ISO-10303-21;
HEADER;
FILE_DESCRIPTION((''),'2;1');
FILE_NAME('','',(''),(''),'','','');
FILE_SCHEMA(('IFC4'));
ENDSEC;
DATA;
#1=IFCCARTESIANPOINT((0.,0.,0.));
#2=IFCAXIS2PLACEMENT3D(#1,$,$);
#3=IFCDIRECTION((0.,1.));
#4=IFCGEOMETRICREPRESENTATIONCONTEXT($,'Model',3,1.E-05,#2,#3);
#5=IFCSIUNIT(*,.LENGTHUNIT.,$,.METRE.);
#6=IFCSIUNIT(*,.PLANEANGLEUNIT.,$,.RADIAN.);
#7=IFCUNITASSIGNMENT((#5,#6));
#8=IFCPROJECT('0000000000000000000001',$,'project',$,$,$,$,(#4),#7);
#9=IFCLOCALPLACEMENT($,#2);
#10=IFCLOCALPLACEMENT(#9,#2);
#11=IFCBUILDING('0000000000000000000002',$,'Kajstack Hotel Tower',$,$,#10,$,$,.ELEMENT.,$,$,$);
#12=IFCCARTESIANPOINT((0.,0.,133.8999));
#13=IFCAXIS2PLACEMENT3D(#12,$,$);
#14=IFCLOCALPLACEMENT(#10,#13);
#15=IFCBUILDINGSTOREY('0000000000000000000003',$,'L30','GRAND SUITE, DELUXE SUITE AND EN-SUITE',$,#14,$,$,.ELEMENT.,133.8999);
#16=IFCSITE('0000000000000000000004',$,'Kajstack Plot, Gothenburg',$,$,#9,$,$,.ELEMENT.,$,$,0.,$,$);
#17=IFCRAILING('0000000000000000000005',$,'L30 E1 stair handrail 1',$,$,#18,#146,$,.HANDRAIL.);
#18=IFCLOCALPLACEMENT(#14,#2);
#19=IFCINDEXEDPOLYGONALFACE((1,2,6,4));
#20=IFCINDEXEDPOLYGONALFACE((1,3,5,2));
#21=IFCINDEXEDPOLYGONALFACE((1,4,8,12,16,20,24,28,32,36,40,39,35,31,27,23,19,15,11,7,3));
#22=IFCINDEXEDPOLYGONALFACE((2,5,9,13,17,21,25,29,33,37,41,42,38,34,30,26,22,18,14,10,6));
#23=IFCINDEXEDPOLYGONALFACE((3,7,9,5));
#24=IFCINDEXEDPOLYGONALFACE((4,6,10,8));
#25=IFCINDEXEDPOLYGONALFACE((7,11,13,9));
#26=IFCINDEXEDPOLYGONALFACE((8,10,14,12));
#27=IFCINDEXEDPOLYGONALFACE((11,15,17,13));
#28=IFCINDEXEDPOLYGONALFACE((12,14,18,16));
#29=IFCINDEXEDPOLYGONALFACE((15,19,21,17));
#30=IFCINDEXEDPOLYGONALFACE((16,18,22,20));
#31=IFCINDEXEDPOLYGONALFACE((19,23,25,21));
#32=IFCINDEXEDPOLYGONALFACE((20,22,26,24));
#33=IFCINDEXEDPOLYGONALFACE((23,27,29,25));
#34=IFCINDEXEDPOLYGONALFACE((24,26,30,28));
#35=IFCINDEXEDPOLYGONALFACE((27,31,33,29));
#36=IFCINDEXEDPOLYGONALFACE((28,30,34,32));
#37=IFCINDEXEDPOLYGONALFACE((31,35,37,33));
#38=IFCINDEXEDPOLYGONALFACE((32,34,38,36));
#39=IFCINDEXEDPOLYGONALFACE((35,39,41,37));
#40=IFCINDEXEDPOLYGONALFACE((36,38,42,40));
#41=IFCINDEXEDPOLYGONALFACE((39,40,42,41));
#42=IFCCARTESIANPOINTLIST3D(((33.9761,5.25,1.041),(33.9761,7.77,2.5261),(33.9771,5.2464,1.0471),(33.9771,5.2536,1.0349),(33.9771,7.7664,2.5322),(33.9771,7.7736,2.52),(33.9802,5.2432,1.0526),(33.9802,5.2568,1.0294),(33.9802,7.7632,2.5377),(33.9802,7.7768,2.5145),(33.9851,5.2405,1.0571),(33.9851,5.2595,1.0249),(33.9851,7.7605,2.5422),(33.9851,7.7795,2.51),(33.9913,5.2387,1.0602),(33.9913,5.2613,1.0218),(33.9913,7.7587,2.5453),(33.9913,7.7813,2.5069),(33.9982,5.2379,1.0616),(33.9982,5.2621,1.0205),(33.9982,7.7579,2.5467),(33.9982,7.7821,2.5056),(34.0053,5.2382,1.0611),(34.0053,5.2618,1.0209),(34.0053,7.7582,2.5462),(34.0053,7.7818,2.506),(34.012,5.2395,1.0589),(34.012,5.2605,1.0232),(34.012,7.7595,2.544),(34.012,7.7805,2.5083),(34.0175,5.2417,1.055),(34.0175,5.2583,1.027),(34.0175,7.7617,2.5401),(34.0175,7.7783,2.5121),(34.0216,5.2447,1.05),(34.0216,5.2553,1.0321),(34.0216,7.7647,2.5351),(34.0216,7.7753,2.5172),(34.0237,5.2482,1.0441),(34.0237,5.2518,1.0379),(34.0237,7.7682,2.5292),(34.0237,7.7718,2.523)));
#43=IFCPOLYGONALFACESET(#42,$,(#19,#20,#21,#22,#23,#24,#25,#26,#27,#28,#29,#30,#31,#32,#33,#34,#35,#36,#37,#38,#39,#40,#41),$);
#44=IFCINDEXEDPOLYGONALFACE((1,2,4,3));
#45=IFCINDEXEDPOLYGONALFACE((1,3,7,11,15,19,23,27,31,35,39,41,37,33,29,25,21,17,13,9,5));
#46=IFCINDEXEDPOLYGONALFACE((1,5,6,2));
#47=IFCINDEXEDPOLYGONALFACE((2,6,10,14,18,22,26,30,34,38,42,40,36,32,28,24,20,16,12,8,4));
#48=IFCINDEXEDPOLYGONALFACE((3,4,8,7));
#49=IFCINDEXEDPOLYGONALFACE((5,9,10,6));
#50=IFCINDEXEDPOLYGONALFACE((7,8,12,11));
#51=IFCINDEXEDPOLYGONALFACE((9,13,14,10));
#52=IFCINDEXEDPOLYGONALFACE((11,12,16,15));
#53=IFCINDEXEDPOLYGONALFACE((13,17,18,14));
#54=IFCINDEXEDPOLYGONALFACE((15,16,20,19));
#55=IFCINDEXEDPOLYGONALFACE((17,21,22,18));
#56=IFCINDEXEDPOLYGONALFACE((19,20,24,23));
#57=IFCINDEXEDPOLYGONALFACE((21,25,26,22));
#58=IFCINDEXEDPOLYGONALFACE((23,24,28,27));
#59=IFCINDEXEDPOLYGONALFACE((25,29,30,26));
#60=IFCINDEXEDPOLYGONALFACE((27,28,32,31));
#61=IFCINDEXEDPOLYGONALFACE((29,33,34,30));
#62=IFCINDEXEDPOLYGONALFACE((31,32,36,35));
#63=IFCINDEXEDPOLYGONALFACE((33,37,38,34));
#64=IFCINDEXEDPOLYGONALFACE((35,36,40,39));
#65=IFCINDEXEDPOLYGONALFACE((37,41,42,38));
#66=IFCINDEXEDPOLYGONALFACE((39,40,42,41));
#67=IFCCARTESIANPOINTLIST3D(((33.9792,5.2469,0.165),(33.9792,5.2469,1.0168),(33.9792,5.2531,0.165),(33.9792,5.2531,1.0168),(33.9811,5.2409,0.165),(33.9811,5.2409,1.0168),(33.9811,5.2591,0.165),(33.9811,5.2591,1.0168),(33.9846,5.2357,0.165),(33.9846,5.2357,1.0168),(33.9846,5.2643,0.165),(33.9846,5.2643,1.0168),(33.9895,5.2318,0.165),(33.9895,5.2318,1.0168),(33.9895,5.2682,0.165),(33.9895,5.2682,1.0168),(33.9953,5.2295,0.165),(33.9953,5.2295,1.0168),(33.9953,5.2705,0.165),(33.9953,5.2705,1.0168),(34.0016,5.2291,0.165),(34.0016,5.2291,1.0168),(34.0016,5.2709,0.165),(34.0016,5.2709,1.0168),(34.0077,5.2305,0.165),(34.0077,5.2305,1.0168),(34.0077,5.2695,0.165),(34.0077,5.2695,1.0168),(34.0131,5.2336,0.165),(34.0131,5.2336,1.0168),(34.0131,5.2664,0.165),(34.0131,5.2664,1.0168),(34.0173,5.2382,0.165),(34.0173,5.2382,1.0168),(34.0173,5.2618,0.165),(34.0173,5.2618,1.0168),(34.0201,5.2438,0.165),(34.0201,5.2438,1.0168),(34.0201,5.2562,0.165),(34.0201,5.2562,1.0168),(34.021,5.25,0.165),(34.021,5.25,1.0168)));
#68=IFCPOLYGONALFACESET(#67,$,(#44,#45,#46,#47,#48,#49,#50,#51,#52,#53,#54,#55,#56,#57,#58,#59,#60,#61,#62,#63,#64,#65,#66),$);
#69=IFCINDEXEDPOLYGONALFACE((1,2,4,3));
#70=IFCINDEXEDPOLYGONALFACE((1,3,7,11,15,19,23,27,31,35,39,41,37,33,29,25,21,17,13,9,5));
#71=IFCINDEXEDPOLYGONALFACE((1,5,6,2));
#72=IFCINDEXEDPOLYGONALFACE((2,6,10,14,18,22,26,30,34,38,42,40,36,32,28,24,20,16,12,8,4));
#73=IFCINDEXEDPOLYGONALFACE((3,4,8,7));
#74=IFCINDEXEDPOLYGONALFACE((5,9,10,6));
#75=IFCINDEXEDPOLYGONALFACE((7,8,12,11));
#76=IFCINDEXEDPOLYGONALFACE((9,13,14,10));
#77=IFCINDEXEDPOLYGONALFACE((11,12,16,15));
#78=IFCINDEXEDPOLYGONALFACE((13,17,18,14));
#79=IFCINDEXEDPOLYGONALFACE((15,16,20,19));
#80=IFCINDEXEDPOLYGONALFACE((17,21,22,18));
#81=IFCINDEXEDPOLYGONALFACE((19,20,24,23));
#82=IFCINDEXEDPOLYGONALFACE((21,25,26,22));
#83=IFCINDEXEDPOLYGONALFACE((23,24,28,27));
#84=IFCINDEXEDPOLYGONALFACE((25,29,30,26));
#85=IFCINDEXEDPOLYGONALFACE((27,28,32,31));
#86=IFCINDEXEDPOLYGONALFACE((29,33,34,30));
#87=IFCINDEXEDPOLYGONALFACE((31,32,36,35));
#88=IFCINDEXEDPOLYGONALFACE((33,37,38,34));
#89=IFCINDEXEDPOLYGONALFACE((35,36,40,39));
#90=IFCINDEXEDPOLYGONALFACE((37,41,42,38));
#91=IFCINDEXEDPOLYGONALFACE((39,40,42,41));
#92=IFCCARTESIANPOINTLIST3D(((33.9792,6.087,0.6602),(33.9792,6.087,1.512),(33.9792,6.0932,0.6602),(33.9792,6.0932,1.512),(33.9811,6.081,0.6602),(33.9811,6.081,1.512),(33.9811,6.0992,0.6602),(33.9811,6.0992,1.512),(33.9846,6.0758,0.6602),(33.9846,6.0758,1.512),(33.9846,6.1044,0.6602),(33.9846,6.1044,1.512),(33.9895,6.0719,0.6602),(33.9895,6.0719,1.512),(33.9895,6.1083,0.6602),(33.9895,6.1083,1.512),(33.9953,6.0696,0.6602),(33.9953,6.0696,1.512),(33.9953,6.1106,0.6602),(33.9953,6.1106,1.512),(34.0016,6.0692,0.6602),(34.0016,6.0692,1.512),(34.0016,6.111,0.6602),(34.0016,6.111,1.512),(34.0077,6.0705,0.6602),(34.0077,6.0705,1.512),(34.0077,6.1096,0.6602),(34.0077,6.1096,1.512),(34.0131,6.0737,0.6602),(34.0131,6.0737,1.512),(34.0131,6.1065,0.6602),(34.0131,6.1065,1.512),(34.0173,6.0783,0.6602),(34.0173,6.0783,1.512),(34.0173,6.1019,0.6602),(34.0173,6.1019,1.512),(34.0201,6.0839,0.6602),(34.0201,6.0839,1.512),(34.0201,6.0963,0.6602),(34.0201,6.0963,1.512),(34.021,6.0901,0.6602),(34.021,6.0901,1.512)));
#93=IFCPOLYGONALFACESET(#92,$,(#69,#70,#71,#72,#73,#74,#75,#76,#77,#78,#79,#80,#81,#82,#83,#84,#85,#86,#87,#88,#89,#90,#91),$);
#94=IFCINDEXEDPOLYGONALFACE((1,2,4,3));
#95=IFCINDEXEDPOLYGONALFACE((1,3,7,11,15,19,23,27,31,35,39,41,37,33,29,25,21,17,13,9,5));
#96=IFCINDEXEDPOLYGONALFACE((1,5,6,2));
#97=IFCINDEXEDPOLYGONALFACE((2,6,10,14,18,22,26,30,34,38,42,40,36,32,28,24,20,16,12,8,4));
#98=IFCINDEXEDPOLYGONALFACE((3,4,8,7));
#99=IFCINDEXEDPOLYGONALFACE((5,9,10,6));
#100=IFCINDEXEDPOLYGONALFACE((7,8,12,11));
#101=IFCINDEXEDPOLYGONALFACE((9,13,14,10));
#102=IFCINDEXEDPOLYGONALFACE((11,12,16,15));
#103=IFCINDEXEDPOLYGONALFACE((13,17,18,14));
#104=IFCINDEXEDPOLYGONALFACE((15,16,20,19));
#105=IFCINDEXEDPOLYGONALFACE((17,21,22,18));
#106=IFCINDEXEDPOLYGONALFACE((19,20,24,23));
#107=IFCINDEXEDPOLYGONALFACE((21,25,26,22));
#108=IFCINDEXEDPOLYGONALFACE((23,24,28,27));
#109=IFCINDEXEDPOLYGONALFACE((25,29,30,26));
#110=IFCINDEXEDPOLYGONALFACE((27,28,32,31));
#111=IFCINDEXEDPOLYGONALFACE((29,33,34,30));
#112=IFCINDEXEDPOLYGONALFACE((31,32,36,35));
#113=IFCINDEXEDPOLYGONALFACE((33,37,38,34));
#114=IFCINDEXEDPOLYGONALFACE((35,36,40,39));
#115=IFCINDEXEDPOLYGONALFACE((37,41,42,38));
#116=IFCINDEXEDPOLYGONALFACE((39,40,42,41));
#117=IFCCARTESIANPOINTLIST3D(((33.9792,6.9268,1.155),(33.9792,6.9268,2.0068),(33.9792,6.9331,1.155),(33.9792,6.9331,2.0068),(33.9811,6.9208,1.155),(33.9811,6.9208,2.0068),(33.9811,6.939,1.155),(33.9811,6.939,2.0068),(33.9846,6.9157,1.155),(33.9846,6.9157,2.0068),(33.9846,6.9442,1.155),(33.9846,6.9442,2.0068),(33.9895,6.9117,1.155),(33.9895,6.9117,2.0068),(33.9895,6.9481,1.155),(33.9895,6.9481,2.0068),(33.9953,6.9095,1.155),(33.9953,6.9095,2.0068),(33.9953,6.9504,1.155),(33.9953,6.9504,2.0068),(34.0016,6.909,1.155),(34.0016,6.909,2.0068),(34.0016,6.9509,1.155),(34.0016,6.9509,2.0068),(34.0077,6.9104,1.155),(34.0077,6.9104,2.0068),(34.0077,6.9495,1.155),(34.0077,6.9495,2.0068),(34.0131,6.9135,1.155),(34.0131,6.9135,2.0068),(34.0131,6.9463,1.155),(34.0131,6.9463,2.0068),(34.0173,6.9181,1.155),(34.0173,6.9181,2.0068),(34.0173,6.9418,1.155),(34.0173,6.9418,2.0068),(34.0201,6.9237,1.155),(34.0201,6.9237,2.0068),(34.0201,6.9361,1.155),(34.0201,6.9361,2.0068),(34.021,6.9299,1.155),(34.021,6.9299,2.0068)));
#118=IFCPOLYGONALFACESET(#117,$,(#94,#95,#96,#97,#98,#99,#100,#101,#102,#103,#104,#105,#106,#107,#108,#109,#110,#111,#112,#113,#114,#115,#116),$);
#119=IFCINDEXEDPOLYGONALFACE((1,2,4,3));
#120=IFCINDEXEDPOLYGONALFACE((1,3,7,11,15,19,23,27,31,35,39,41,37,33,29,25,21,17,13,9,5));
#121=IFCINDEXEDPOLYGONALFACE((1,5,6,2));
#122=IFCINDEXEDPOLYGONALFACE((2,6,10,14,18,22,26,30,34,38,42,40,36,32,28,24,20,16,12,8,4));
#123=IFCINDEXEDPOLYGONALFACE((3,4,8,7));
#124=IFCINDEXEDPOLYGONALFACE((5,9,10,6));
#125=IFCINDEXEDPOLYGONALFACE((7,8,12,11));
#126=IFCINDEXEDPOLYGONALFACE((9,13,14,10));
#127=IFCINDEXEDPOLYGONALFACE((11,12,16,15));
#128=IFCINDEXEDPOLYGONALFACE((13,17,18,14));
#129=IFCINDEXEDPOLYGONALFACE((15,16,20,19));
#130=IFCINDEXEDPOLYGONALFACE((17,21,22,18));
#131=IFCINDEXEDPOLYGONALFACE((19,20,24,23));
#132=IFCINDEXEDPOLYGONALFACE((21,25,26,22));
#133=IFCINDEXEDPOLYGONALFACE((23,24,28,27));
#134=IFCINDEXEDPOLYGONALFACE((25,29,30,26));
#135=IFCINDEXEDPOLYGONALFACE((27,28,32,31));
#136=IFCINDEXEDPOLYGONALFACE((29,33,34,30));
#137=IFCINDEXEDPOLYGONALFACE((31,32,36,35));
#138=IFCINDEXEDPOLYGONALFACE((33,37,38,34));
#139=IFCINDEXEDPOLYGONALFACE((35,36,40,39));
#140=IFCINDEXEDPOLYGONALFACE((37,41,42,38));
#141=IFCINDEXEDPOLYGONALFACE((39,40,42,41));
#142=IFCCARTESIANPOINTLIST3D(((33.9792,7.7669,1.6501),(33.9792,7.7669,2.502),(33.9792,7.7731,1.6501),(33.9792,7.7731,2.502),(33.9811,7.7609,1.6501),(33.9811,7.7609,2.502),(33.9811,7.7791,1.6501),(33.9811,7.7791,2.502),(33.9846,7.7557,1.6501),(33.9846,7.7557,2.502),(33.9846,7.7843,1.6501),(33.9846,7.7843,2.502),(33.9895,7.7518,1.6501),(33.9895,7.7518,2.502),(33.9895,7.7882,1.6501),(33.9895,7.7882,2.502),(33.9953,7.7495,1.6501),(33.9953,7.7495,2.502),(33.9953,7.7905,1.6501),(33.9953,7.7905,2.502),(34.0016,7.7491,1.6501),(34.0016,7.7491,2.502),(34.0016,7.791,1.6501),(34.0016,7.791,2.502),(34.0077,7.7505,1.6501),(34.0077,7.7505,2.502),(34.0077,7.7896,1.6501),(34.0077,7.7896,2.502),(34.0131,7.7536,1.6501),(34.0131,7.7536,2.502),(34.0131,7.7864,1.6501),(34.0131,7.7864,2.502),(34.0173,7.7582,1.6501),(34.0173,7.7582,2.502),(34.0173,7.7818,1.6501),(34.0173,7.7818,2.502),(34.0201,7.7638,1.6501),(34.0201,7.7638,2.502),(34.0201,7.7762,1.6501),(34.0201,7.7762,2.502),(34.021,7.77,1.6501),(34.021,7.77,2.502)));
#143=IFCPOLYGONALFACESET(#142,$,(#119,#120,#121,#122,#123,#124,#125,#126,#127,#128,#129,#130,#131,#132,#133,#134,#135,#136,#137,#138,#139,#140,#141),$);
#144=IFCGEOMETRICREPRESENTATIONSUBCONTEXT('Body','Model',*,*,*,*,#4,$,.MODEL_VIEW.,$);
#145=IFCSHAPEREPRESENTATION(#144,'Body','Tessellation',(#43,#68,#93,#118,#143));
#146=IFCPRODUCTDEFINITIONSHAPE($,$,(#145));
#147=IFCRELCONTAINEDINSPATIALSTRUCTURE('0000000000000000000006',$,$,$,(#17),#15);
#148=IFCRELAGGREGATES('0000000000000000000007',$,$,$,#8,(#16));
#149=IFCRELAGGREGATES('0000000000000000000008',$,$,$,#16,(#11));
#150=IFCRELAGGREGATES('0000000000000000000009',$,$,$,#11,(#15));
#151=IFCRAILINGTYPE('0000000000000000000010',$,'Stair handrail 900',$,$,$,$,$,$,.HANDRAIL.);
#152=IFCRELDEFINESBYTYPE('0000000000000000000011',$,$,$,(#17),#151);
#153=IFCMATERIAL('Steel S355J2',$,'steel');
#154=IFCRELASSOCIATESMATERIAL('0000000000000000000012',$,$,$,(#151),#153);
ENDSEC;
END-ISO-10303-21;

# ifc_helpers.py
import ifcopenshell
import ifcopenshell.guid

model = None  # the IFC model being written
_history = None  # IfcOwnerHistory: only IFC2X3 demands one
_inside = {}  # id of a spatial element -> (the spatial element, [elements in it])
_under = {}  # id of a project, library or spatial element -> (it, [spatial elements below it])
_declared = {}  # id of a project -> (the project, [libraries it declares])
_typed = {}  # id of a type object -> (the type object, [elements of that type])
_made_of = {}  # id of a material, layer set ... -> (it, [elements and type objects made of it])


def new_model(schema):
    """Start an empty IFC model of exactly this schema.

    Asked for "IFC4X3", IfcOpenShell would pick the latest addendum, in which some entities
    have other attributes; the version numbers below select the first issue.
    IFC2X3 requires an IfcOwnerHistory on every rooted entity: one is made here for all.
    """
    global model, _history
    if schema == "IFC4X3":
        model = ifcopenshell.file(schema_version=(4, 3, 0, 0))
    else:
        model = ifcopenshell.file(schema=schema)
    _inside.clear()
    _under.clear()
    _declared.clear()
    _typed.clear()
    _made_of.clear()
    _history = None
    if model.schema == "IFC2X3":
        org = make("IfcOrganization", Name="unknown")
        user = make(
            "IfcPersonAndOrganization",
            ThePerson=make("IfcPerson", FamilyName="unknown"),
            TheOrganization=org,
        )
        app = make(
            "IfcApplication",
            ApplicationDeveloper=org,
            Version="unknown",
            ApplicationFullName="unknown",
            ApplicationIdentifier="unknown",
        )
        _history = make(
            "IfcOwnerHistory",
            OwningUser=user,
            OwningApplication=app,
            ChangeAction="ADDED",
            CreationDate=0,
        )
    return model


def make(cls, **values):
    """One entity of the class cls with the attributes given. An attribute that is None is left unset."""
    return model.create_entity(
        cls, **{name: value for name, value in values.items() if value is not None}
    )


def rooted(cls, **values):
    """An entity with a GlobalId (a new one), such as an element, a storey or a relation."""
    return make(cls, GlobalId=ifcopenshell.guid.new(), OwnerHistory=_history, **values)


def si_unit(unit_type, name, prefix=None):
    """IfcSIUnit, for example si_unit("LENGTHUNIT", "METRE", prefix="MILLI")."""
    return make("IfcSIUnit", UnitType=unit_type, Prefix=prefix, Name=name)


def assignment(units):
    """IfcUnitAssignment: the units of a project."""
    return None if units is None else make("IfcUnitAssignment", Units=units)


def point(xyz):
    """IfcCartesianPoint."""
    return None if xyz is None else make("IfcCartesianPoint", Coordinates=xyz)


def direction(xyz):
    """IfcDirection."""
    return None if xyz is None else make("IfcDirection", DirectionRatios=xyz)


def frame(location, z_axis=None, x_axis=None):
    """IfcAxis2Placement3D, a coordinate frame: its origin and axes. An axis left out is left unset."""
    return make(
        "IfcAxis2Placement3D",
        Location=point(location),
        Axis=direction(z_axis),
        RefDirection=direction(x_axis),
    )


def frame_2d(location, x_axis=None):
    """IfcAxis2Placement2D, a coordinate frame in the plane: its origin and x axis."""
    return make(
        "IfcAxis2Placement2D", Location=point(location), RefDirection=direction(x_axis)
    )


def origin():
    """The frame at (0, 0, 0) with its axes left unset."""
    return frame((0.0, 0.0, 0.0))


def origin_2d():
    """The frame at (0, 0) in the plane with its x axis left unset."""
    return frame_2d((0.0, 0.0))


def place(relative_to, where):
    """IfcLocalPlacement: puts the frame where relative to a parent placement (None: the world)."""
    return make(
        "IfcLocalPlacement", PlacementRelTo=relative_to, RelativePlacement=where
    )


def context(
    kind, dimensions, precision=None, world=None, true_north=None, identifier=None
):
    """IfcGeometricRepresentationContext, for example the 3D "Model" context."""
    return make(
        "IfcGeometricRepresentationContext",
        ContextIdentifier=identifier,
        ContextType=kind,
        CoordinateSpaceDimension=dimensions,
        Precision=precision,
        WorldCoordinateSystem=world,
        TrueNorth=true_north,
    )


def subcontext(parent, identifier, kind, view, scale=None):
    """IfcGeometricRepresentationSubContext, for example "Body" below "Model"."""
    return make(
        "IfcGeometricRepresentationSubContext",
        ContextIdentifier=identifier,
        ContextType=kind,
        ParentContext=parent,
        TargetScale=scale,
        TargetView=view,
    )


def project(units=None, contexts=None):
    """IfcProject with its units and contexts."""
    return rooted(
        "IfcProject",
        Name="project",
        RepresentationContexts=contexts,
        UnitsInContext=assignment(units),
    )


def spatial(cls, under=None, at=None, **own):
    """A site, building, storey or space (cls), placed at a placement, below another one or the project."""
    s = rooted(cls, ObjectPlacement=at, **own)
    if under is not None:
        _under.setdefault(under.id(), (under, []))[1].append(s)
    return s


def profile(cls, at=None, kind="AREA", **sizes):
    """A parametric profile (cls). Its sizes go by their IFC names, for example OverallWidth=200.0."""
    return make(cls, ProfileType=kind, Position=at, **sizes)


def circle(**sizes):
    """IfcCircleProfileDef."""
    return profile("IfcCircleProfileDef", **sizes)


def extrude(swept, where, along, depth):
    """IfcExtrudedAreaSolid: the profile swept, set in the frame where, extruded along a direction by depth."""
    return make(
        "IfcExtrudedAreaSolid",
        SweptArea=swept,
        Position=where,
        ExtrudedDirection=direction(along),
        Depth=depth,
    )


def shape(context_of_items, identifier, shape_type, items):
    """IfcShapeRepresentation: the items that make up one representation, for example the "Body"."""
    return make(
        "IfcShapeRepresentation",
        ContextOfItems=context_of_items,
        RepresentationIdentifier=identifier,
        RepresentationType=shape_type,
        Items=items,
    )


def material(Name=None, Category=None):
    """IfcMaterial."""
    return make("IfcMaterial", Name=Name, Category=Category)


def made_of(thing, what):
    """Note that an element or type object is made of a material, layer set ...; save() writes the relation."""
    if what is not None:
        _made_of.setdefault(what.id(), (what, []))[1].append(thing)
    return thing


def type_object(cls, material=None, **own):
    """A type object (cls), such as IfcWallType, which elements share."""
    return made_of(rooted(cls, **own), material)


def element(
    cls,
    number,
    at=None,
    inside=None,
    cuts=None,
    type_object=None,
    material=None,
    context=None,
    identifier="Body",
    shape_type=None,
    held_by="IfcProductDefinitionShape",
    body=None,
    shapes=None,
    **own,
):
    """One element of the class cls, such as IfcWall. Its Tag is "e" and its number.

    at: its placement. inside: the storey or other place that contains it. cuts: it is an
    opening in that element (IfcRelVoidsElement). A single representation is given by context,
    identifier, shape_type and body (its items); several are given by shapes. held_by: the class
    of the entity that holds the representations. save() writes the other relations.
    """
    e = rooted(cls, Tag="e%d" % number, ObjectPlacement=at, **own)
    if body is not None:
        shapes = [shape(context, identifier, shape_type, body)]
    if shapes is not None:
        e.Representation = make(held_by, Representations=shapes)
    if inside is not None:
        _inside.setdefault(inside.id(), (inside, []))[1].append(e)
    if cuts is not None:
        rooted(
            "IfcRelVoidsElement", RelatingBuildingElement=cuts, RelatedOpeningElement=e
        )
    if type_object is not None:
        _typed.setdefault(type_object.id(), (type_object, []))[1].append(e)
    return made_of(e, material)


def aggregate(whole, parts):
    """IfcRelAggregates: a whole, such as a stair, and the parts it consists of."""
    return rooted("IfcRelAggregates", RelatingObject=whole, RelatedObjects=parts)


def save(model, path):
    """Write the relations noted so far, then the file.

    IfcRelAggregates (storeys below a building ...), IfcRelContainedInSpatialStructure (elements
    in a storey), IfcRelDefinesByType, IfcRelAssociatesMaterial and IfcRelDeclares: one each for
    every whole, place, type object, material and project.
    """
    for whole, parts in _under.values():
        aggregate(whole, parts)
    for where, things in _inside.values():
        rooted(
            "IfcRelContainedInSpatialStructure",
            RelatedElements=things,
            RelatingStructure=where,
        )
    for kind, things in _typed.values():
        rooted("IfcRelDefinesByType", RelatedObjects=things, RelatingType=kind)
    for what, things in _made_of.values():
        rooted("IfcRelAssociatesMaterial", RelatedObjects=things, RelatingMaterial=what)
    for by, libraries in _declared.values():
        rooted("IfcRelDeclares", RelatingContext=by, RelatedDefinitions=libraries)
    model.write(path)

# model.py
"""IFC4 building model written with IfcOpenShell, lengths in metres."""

from ifc_helpers import new_model, si_unit, direction, frame, origin, origin_2d, place, context, subcontext, project, spatial, circle, extrude, material, type_object, element, save


model = new_model("IFC4")

# Units and contexts
model_context = context("Model", 3, precision=1e-05, world=origin(), true_north=direction((0.0, 1.0)))
body_context = subcontext(model_context, "Body", "Model", "MODEL_VIEW")
ifc_project = project(units=[si_unit("LENGTHUNIT", "METRE"), si_unit("PLANEANGLEUNIT", "RADIAN")], contexts=[model_context])

# Site, building, storey
site_placement = place(None, origin())
site = spatial("IfcSite", under=ifc_project, at=site_placement, Name="Kajstack Plot, Gothenburg", CompositionType="ELEMENT", RefElevation=0.0)
building_placement = place(site_placement, origin())
building = spatial("IfcBuilding", under=site, at=building_placement, Name="Kajstack Hotel Tower", CompositionType="ELEMENT")
storey_placement = place(building_placement, frame((0.0, 0.0, 133.8999)))
storey = spatial("IfcBuildingStorey", under=building, at=storey_placement, Name="L30", Description="GRAND SUITE, DELUXE SUITE AND EN-SUITE", CompositionType="ELEMENT", Elevation=133.8999)

# Railing
ifc_material_1 = material(Name="Steel S355J2", Category="steel")
railing_type_1 = type_object("IfcRailingType", Name="Stair handrail 900", PredefinedType="HANDRAIL", material=ifc_material_1)
railing_1_placement = place(storey_placement, frame((34.0, 5.25, 0.165)))
element("IfcRailing", 1, at=railing_1_placement, inside=storey, type_object=railing_type_1, Name="L30 E1 stair handrail 1", PredefinedType="HANDRAIL", context=body_context, shape_type="SweptSolid", body=[
    extrude(circle(Radius=0.0239, at=origin_2d()), frame((0.0, 0.0, 0.876), z_axis=(0.0, 0.861524, 0.507717), x_axis=(-1.0, 0.0, 0.0)), (0.0, 0.0, 1.0), 2.925),
    extrude(circle(Radius=0.021, at=origin_2d()), origin(), (0.0, 0.0, 1.0), 0.8518),
    extrude(circle(Radius=0.021, at=origin_2d()), frame((0.0, 0.8401, 0.4951)), (0.0, 0.0, 1.0), 0.8518),
    extrude(circle(Radius=0.021, at=origin_2d()), frame((0.0, 1.6799, 0.99)), (0.0, 0.0, 1.0), 0.8518),
    extrude(circle(Radius=0.021, at=origin_2d()), frame((0.0, 2.52, 1.4851)), (0.0, 0.0, 1.0), 0.8518),
])

save(model, "model.ifc")
